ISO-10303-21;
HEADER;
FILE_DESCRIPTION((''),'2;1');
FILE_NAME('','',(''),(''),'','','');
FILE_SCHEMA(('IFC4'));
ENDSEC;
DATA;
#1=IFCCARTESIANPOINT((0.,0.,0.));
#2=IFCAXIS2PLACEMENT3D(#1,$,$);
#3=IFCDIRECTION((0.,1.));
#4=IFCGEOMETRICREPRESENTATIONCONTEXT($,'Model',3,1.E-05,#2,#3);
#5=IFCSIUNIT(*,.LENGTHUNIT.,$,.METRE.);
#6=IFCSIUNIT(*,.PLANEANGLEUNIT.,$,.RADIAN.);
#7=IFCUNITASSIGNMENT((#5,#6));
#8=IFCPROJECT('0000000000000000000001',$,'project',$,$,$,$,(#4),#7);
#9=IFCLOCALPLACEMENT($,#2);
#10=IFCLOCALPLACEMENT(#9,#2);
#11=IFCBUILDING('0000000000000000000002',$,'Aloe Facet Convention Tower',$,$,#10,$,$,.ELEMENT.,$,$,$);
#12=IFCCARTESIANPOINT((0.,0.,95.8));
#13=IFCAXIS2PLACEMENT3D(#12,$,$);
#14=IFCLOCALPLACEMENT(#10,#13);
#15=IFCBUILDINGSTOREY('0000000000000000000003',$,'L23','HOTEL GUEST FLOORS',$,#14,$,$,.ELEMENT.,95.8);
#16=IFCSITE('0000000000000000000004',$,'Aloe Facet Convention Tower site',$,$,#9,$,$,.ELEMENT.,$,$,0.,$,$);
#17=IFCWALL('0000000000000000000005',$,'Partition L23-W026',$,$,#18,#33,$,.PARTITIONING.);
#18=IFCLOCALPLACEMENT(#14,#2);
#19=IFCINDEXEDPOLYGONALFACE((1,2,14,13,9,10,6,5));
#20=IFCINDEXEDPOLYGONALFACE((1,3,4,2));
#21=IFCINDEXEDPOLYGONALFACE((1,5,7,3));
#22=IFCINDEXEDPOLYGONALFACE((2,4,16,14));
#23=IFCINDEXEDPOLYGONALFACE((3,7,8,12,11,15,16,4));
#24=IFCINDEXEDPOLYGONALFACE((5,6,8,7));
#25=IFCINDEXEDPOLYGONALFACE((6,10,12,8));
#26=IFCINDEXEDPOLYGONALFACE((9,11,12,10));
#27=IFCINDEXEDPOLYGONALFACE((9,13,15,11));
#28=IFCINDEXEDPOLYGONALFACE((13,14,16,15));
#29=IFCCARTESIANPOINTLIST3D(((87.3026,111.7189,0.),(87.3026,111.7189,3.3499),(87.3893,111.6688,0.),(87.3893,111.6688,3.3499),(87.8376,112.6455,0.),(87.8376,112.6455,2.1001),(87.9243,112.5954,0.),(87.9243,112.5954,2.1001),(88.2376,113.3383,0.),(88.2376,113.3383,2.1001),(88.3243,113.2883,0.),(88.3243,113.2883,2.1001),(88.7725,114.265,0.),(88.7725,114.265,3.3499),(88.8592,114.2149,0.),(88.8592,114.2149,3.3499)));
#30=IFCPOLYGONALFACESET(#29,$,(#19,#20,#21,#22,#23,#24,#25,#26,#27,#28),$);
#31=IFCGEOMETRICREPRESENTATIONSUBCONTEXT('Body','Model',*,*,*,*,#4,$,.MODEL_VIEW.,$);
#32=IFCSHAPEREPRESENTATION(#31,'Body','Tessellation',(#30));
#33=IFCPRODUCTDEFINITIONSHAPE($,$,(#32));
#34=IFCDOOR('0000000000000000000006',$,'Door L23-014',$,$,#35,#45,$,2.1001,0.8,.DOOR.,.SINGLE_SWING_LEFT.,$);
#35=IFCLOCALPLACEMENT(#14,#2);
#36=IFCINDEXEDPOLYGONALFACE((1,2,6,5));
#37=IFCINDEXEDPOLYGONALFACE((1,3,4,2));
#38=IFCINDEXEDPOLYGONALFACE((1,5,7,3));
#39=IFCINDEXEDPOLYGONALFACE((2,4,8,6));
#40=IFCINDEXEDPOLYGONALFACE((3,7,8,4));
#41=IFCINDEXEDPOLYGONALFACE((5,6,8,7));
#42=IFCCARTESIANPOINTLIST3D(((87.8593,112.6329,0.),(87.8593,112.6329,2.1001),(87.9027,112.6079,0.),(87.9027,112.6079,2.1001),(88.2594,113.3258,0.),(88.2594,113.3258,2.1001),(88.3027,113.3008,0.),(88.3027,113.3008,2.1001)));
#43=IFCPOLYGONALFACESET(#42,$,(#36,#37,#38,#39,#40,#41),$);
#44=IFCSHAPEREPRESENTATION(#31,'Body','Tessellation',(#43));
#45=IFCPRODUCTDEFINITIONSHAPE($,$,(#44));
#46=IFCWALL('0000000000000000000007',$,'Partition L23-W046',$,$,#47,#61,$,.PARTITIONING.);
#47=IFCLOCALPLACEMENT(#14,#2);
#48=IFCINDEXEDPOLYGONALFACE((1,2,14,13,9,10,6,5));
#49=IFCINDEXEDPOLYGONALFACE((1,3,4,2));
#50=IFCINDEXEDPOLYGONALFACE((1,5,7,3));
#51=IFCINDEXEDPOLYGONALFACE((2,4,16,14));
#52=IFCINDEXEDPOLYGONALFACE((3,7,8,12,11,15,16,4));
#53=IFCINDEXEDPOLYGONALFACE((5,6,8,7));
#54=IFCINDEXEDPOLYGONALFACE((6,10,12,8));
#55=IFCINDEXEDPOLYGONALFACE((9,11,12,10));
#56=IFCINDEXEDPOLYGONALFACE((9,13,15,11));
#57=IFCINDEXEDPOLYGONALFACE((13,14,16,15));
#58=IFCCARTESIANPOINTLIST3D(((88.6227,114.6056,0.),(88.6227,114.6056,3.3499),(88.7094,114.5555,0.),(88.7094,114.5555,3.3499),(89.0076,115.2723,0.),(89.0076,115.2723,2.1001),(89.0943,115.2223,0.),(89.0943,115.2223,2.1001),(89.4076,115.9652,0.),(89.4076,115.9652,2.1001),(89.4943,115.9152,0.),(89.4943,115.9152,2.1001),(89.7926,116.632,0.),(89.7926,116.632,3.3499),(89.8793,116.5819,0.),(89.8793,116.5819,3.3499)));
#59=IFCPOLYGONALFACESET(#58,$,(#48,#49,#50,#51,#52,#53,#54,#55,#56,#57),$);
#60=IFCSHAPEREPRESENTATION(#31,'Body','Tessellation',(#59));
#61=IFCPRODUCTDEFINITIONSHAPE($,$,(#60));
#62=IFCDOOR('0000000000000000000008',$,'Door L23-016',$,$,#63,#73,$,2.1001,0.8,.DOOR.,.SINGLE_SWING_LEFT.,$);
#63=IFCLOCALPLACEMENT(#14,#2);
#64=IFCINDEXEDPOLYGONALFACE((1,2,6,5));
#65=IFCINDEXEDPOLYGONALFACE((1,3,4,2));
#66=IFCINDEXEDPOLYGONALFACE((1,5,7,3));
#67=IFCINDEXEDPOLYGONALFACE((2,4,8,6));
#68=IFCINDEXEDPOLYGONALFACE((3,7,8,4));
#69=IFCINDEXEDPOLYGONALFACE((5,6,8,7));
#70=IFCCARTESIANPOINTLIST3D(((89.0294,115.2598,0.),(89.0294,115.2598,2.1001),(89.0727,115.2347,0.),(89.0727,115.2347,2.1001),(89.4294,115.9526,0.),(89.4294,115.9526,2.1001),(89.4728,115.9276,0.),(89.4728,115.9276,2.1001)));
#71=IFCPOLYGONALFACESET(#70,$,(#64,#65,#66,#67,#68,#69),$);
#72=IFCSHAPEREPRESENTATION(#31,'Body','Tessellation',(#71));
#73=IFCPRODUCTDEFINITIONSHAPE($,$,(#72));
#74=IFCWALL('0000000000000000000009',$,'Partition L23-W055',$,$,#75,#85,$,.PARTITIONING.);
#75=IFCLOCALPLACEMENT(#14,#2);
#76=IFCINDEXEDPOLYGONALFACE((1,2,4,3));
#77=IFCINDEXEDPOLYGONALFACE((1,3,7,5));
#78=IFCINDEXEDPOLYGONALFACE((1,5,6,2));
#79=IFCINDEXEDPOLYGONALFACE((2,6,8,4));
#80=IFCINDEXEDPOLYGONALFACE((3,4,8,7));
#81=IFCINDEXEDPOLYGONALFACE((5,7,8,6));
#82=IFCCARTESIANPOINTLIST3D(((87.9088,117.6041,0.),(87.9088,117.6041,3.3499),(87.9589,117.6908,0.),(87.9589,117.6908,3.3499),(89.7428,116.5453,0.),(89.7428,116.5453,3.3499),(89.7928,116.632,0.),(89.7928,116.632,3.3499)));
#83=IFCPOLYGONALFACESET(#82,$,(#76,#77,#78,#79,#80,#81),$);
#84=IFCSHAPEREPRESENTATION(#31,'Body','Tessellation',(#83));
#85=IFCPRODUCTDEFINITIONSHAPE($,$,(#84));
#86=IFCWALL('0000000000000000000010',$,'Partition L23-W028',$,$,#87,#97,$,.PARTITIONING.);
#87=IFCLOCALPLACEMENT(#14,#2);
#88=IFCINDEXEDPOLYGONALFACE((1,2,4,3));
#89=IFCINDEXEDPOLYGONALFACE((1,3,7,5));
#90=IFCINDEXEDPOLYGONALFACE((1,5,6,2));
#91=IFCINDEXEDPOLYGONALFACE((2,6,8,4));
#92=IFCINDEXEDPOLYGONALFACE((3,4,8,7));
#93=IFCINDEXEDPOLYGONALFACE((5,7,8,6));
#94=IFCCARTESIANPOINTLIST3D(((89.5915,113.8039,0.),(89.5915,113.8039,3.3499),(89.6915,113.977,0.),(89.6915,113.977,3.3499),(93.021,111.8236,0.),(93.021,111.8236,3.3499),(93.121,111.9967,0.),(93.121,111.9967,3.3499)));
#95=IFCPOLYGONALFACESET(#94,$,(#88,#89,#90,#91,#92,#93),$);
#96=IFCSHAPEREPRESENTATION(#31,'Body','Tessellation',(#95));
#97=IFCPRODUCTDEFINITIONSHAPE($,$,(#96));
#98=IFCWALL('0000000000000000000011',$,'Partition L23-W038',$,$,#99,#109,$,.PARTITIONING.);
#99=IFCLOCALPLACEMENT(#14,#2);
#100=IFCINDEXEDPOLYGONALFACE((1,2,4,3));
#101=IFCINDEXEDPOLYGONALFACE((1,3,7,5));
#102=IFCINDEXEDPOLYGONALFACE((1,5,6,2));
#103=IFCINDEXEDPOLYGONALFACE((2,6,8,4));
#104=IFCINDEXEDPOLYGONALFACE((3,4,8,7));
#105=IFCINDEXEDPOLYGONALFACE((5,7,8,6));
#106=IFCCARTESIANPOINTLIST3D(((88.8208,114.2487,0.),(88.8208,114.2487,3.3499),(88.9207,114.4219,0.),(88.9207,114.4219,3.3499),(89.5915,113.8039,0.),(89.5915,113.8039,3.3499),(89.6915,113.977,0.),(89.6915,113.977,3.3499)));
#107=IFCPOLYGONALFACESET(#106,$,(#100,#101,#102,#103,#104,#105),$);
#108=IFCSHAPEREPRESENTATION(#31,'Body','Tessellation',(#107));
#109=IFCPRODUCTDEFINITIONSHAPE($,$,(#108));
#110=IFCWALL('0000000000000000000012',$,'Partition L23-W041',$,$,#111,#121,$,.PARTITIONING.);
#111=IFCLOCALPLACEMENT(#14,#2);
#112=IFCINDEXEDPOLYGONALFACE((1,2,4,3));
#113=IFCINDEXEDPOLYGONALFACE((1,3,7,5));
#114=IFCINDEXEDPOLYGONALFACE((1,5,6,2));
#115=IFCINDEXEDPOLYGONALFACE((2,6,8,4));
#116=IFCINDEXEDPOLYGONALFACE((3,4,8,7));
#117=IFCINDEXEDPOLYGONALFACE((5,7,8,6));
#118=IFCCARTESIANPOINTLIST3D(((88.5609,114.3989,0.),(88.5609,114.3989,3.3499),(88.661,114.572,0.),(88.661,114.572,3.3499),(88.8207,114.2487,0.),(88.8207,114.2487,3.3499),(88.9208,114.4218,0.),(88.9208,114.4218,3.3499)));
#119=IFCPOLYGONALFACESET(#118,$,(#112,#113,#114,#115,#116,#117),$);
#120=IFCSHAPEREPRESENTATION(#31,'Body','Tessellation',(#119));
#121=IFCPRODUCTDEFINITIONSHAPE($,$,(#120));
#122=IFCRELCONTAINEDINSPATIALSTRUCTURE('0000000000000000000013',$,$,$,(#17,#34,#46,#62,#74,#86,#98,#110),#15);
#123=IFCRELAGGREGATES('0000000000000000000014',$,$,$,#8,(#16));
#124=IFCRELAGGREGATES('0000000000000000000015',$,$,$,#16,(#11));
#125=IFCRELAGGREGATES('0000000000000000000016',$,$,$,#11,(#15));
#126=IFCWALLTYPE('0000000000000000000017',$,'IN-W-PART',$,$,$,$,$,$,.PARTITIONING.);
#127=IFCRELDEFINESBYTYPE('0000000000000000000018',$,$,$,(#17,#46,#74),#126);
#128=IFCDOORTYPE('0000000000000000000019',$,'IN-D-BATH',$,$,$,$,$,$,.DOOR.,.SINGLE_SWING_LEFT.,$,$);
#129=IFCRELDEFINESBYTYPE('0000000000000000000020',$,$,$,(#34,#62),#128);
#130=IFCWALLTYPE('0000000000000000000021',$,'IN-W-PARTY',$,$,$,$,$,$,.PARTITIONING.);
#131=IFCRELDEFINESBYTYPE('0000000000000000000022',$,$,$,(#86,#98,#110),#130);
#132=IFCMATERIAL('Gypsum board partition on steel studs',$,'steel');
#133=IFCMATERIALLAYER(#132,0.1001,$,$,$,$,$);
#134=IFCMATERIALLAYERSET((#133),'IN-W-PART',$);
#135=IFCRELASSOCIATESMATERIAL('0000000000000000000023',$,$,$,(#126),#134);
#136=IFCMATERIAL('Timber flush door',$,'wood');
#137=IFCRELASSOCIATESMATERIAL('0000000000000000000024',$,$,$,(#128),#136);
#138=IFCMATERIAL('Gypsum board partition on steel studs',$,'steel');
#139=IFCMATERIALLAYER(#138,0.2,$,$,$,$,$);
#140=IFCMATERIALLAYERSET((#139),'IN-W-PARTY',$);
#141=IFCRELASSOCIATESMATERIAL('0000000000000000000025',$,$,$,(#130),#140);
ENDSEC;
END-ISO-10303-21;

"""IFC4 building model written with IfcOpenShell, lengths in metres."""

from ifc_helpers import new_model, si_unit, direction, frame, frame_2d, origin, place, context, subcontext, project, spatial, rectangle, extrude, material, layer, layer_set, type_object, element, fill, save


model = new_model("IFC4")

# Units and contexts
model_context = context("Model", 3, precision=1e-05, world=origin(), true_north=direction((0.0, 1.0)))
body_context = subcontext(model_context, "Body", "Model", "MODEL_VIEW")
ifc_project = project(units=[si_unit("LENGTHUNIT", "METRE"), si_unit("PLANEANGLEUNIT", "RADIAN")], contexts=[model_context])

# Site, building, storey
site_placement = place(None, origin())
site = spatial("IfcSite", under=ifc_project, at=site_placement, Name="Aloe Facet Convention Tower site", CompositionType="ELEMENT", RefElevation=0.0)
building_placement = place(site_placement, origin())
building = spatial("IfcBuilding", under=site, at=building_placement, Name="Aloe Facet Convention Tower", CompositionType="ELEMENT")
storey_placement = place(building_placement, frame((0.0, 0.0, 95.8)))
storey = spatial("IfcBuildingStorey", under=building, at=storey_placement, Name="L23", Description="HOTEL GUEST FLOORS", CompositionType="ELEMENT", Elevation=95.8)

# Walls, openings, doors
ifc_material_1 = material(Name="Gypsum board partition on steel studs", Category="steel")
ifc_layer_1 = layer(ifc_material_1, 0.1001)
ifc_layer_set_1 = layer_set([ifc_layer_1], Name="IN-W-PART")
wall_type_1 = type_object("IfcWallType", Name="IN-W-PART", PredefinedType="PARTITIONING", material=ifc_layer_set_1)
wall_1_placement = place(storey_placement, frame((87.3459, 111.6938, 0.0), z_axis=(0.0, 0.0, 1.0), x_axis=(0.499988, 0.866032, 0.0)))
wall_1 = element("IfcWall", 1, at=wall_1_placement, inside=storey, type_object=wall_type_1, Name="Partition L23-W026", PredefinedType="PARTITIONING", context=body_context, shape_type="SweptSolid", body=[
    extrude(rectangle(XDim=2.9399, YDim=0.1001, at=frame_2d((1.47, 0.0))), origin(), (0.0, 0.0, 1.0), 3.3499),
])
opening_1_placement = place(wall_1_placement, frame((1.0701, 0.0, 0.0)))
opening_1 = element("IfcOpeningElement", 2, at=opening_1_placement, cuts=wall_1, PredefinedType="OPENING", context=body_context, shape_type="SweptSolid", body=[
    extrude(rectangle(XDim=0.8, YDim=2.1001, at=frame_2d((0.3999, 1.05))), frame((0.0, 0.0601, 0.0), z_axis=(0.0, -1.0, 0.0), x_axis=(1.0, 0.0, 0.0)), (0.0, 0.0, 1.0), 0.1201),
])
ifc_material_2 = material(Name="Timber flush door", Category="wood")
door_type_1 = type_object("IfcDoorType", Name="IN-D-BATH", OperationType="SINGLE_SWING_LEFT", PredefinedType="DOOR", material=ifc_material_2)
door_1_placement = place(opening_1_placement, origin())
door_1 = element("IfcDoor", 3, at=door_1_placement, inside=storey, type_object=door_type_1, Name="Door L23-014", OperationType="SINGLE_SWING_LEFT", OverallHeight=2.1001, OverallWidth=0.8, PredefinedType="DOOR", context=body_context, shape_type="SweptSolid", body=[
    extrude(rectangle(XDim=0.8, YDim=2.1001, at=frame_2d((0.3999, 1.05))), frame((0.0, 0.0249, 0.0), z_axis=(0.0, -1.0, 0.0), x_axis=(1.0, 0.0, 0.0)), (0.0, 0.0, 1.0), 0.05),
])
fill(opening_1, door_1)
wall_2_placement = place(storey_placement, frame((88.666, 114.5806, 0.0), z_axis=(0.0, 0.0, 1.0), x_axis=(0.499999, 0.866026, 0.0)))
wall_2 = element("IfcWall", 4, at=wall_2_placement, inside=storey, type_object=wall_type_1, Name="Partition L23-W046", PredefinedType="PARTITIONING", context=body_context, shape_type="SweptSolid", body=[
    extrude(rectangle(XDim=2.3398, YDim=0.1001, at=frame_2d((1.1699, 0.0))), origin(), (0.0, 0.0, 1.0), 3.3499),
])
opening_2_placement = place(wall_2_placement, frame((0.77, 0.0, 0.0)))
opening_2 = element("IfcOpeningElement", 5, at=opening_2_placement, cuts=wall_2, PredefinedType="OPENING", context=body_context, shape_type="SweptSolid", body=[
    extrude(rectangle(XDim=0.8, YDim=2.1001, at=frame_2d((0.3999, 1.05))), frame((0.0, 0.0601, 0.0), z_axis=(0.0, -1.0, 0.0), x_axis=(1.0, 0.0, 0.0)), (0.0, 0.0, 1.0), 0.1201),
])
door_2_placement = place(opening_2_placement, origin())
door_2 = element("IfcDoor", 6, at=door_2_placement, inside=storey, type_object=door_type_1, Name="Door L23-016", OperationType="SINGLE_SWING_LEFT", OverallHeight=2.1001, OverallWidth=0.8, PredefinedType="DOOR", context=body_context, shape_type="SweptSolid", body=[
    extrude(rectangle(XDim=0.8, YDim=2.1001, at=frame_2d((0.3999, 1.05))), frame((0.0, 0.0249, 0.0), z_axis=(0.0, -1.0, 0.0), x_axis=(1.0, 0.0, 0.0)), (0.0, 0.0, 1.0), 0.05),
])
fill(opening_2, door_2)

# Walls
wall_3_placement = place(storey_placement, frame((87.9338, 117.6475, 0.0), z_axis=(0.0, 0.0, 1.0), x_axis=(0.866028, -0.499995, 0.0)))
element("IfcWall", 7, at=wall_3_placement, inside=storey, type_object=wall_type_1, Name="Partition L23-W055", PredefinedType="PARTITIONING", context=body_context, shape_type="SweptSolid", body=[
    extrude(rectangle(XDim=2.1177, YDim=0.1001, at=frame_2d((1.0588, 0.0))), origin(), (0.0, 0.0, 1.0), 3.3499),
])
ifc_material_3 = material(Name="Gypsum board partition on steel studs", Category="steel")
ifc_layer_2 = layer(ifc_material_3, 0.2)
ifc_layer_set_2 = layer_set([ifc_layer_2], Name="IN-W-PARTY")
wall_type_2 = type_object("IfcWallType", Name="IN-W-PARTY", PredefinedType="PARTITIONING", material=ifc_layer_set_2)
wall_4_placement = place(storey_placement, frame((89.6416, 113.8904, 0.0), z_axis=(0.0, 0.0, 1.0), x_axis=(0.866, -0.500044, 0.0)))
element("IfcWall", 8, at=wall_4_placement, inside=storey, type_object=wall_type_2, Name="Partition L23-W028", PredefinedType="PARTITIONING", context=body_context, shape_type="SweptSolid", body=[
    extrude(rectangle(XDim=3.9602, YDim=0.2, at=frame_2d((1.98, 0.0))), origin(), (0.0, 0.0, 1.0), 3.3499),
])
wall_5_placement = place(storey_placement, frame((88.8708, 114.3352, 0.0), z_axis=(0.0, 0.0, 1.0), x_axis=(0.866108, -0.499857, 0.0)))
element("IfcWall", 9, at=wall_5_placement, inside=storey, type_object=wall_type_2, Name="Partition L23-W038", PredefinedType="PARTITIONING", context=body_context, shape_type="SweptSolid", body=[
    extrude(rectangle(XDim=0.8899, YDim=0.2, at=frame_2d((0.4448, 0.0))), origin(), (0.0, 0.0, 1.0), 3.3499),
])
wall_6_placement = place(storey_placement, frame((88.6111, 114.4854, 0.0), z_axis=(0.0, 0.0, 1.0), x_axis=(0.865779, -0.500427, 0.0)))
element("IfcWall", 10, at=wall_6_placement, inside=storey, type_object=wall_type_2, Name="Partition L23-W041", PredefinedType="PARTITIONING", context=body_context, shape_type="SweptSolid", body=[
    extrude(rectangle(XDim=0.3, YDim=0.2, at=frame_2d((0.1499, 0.0))), origin(), (0.0, 0.0, 1.0), 3.3499),
])

save(model, "model.ifc")
